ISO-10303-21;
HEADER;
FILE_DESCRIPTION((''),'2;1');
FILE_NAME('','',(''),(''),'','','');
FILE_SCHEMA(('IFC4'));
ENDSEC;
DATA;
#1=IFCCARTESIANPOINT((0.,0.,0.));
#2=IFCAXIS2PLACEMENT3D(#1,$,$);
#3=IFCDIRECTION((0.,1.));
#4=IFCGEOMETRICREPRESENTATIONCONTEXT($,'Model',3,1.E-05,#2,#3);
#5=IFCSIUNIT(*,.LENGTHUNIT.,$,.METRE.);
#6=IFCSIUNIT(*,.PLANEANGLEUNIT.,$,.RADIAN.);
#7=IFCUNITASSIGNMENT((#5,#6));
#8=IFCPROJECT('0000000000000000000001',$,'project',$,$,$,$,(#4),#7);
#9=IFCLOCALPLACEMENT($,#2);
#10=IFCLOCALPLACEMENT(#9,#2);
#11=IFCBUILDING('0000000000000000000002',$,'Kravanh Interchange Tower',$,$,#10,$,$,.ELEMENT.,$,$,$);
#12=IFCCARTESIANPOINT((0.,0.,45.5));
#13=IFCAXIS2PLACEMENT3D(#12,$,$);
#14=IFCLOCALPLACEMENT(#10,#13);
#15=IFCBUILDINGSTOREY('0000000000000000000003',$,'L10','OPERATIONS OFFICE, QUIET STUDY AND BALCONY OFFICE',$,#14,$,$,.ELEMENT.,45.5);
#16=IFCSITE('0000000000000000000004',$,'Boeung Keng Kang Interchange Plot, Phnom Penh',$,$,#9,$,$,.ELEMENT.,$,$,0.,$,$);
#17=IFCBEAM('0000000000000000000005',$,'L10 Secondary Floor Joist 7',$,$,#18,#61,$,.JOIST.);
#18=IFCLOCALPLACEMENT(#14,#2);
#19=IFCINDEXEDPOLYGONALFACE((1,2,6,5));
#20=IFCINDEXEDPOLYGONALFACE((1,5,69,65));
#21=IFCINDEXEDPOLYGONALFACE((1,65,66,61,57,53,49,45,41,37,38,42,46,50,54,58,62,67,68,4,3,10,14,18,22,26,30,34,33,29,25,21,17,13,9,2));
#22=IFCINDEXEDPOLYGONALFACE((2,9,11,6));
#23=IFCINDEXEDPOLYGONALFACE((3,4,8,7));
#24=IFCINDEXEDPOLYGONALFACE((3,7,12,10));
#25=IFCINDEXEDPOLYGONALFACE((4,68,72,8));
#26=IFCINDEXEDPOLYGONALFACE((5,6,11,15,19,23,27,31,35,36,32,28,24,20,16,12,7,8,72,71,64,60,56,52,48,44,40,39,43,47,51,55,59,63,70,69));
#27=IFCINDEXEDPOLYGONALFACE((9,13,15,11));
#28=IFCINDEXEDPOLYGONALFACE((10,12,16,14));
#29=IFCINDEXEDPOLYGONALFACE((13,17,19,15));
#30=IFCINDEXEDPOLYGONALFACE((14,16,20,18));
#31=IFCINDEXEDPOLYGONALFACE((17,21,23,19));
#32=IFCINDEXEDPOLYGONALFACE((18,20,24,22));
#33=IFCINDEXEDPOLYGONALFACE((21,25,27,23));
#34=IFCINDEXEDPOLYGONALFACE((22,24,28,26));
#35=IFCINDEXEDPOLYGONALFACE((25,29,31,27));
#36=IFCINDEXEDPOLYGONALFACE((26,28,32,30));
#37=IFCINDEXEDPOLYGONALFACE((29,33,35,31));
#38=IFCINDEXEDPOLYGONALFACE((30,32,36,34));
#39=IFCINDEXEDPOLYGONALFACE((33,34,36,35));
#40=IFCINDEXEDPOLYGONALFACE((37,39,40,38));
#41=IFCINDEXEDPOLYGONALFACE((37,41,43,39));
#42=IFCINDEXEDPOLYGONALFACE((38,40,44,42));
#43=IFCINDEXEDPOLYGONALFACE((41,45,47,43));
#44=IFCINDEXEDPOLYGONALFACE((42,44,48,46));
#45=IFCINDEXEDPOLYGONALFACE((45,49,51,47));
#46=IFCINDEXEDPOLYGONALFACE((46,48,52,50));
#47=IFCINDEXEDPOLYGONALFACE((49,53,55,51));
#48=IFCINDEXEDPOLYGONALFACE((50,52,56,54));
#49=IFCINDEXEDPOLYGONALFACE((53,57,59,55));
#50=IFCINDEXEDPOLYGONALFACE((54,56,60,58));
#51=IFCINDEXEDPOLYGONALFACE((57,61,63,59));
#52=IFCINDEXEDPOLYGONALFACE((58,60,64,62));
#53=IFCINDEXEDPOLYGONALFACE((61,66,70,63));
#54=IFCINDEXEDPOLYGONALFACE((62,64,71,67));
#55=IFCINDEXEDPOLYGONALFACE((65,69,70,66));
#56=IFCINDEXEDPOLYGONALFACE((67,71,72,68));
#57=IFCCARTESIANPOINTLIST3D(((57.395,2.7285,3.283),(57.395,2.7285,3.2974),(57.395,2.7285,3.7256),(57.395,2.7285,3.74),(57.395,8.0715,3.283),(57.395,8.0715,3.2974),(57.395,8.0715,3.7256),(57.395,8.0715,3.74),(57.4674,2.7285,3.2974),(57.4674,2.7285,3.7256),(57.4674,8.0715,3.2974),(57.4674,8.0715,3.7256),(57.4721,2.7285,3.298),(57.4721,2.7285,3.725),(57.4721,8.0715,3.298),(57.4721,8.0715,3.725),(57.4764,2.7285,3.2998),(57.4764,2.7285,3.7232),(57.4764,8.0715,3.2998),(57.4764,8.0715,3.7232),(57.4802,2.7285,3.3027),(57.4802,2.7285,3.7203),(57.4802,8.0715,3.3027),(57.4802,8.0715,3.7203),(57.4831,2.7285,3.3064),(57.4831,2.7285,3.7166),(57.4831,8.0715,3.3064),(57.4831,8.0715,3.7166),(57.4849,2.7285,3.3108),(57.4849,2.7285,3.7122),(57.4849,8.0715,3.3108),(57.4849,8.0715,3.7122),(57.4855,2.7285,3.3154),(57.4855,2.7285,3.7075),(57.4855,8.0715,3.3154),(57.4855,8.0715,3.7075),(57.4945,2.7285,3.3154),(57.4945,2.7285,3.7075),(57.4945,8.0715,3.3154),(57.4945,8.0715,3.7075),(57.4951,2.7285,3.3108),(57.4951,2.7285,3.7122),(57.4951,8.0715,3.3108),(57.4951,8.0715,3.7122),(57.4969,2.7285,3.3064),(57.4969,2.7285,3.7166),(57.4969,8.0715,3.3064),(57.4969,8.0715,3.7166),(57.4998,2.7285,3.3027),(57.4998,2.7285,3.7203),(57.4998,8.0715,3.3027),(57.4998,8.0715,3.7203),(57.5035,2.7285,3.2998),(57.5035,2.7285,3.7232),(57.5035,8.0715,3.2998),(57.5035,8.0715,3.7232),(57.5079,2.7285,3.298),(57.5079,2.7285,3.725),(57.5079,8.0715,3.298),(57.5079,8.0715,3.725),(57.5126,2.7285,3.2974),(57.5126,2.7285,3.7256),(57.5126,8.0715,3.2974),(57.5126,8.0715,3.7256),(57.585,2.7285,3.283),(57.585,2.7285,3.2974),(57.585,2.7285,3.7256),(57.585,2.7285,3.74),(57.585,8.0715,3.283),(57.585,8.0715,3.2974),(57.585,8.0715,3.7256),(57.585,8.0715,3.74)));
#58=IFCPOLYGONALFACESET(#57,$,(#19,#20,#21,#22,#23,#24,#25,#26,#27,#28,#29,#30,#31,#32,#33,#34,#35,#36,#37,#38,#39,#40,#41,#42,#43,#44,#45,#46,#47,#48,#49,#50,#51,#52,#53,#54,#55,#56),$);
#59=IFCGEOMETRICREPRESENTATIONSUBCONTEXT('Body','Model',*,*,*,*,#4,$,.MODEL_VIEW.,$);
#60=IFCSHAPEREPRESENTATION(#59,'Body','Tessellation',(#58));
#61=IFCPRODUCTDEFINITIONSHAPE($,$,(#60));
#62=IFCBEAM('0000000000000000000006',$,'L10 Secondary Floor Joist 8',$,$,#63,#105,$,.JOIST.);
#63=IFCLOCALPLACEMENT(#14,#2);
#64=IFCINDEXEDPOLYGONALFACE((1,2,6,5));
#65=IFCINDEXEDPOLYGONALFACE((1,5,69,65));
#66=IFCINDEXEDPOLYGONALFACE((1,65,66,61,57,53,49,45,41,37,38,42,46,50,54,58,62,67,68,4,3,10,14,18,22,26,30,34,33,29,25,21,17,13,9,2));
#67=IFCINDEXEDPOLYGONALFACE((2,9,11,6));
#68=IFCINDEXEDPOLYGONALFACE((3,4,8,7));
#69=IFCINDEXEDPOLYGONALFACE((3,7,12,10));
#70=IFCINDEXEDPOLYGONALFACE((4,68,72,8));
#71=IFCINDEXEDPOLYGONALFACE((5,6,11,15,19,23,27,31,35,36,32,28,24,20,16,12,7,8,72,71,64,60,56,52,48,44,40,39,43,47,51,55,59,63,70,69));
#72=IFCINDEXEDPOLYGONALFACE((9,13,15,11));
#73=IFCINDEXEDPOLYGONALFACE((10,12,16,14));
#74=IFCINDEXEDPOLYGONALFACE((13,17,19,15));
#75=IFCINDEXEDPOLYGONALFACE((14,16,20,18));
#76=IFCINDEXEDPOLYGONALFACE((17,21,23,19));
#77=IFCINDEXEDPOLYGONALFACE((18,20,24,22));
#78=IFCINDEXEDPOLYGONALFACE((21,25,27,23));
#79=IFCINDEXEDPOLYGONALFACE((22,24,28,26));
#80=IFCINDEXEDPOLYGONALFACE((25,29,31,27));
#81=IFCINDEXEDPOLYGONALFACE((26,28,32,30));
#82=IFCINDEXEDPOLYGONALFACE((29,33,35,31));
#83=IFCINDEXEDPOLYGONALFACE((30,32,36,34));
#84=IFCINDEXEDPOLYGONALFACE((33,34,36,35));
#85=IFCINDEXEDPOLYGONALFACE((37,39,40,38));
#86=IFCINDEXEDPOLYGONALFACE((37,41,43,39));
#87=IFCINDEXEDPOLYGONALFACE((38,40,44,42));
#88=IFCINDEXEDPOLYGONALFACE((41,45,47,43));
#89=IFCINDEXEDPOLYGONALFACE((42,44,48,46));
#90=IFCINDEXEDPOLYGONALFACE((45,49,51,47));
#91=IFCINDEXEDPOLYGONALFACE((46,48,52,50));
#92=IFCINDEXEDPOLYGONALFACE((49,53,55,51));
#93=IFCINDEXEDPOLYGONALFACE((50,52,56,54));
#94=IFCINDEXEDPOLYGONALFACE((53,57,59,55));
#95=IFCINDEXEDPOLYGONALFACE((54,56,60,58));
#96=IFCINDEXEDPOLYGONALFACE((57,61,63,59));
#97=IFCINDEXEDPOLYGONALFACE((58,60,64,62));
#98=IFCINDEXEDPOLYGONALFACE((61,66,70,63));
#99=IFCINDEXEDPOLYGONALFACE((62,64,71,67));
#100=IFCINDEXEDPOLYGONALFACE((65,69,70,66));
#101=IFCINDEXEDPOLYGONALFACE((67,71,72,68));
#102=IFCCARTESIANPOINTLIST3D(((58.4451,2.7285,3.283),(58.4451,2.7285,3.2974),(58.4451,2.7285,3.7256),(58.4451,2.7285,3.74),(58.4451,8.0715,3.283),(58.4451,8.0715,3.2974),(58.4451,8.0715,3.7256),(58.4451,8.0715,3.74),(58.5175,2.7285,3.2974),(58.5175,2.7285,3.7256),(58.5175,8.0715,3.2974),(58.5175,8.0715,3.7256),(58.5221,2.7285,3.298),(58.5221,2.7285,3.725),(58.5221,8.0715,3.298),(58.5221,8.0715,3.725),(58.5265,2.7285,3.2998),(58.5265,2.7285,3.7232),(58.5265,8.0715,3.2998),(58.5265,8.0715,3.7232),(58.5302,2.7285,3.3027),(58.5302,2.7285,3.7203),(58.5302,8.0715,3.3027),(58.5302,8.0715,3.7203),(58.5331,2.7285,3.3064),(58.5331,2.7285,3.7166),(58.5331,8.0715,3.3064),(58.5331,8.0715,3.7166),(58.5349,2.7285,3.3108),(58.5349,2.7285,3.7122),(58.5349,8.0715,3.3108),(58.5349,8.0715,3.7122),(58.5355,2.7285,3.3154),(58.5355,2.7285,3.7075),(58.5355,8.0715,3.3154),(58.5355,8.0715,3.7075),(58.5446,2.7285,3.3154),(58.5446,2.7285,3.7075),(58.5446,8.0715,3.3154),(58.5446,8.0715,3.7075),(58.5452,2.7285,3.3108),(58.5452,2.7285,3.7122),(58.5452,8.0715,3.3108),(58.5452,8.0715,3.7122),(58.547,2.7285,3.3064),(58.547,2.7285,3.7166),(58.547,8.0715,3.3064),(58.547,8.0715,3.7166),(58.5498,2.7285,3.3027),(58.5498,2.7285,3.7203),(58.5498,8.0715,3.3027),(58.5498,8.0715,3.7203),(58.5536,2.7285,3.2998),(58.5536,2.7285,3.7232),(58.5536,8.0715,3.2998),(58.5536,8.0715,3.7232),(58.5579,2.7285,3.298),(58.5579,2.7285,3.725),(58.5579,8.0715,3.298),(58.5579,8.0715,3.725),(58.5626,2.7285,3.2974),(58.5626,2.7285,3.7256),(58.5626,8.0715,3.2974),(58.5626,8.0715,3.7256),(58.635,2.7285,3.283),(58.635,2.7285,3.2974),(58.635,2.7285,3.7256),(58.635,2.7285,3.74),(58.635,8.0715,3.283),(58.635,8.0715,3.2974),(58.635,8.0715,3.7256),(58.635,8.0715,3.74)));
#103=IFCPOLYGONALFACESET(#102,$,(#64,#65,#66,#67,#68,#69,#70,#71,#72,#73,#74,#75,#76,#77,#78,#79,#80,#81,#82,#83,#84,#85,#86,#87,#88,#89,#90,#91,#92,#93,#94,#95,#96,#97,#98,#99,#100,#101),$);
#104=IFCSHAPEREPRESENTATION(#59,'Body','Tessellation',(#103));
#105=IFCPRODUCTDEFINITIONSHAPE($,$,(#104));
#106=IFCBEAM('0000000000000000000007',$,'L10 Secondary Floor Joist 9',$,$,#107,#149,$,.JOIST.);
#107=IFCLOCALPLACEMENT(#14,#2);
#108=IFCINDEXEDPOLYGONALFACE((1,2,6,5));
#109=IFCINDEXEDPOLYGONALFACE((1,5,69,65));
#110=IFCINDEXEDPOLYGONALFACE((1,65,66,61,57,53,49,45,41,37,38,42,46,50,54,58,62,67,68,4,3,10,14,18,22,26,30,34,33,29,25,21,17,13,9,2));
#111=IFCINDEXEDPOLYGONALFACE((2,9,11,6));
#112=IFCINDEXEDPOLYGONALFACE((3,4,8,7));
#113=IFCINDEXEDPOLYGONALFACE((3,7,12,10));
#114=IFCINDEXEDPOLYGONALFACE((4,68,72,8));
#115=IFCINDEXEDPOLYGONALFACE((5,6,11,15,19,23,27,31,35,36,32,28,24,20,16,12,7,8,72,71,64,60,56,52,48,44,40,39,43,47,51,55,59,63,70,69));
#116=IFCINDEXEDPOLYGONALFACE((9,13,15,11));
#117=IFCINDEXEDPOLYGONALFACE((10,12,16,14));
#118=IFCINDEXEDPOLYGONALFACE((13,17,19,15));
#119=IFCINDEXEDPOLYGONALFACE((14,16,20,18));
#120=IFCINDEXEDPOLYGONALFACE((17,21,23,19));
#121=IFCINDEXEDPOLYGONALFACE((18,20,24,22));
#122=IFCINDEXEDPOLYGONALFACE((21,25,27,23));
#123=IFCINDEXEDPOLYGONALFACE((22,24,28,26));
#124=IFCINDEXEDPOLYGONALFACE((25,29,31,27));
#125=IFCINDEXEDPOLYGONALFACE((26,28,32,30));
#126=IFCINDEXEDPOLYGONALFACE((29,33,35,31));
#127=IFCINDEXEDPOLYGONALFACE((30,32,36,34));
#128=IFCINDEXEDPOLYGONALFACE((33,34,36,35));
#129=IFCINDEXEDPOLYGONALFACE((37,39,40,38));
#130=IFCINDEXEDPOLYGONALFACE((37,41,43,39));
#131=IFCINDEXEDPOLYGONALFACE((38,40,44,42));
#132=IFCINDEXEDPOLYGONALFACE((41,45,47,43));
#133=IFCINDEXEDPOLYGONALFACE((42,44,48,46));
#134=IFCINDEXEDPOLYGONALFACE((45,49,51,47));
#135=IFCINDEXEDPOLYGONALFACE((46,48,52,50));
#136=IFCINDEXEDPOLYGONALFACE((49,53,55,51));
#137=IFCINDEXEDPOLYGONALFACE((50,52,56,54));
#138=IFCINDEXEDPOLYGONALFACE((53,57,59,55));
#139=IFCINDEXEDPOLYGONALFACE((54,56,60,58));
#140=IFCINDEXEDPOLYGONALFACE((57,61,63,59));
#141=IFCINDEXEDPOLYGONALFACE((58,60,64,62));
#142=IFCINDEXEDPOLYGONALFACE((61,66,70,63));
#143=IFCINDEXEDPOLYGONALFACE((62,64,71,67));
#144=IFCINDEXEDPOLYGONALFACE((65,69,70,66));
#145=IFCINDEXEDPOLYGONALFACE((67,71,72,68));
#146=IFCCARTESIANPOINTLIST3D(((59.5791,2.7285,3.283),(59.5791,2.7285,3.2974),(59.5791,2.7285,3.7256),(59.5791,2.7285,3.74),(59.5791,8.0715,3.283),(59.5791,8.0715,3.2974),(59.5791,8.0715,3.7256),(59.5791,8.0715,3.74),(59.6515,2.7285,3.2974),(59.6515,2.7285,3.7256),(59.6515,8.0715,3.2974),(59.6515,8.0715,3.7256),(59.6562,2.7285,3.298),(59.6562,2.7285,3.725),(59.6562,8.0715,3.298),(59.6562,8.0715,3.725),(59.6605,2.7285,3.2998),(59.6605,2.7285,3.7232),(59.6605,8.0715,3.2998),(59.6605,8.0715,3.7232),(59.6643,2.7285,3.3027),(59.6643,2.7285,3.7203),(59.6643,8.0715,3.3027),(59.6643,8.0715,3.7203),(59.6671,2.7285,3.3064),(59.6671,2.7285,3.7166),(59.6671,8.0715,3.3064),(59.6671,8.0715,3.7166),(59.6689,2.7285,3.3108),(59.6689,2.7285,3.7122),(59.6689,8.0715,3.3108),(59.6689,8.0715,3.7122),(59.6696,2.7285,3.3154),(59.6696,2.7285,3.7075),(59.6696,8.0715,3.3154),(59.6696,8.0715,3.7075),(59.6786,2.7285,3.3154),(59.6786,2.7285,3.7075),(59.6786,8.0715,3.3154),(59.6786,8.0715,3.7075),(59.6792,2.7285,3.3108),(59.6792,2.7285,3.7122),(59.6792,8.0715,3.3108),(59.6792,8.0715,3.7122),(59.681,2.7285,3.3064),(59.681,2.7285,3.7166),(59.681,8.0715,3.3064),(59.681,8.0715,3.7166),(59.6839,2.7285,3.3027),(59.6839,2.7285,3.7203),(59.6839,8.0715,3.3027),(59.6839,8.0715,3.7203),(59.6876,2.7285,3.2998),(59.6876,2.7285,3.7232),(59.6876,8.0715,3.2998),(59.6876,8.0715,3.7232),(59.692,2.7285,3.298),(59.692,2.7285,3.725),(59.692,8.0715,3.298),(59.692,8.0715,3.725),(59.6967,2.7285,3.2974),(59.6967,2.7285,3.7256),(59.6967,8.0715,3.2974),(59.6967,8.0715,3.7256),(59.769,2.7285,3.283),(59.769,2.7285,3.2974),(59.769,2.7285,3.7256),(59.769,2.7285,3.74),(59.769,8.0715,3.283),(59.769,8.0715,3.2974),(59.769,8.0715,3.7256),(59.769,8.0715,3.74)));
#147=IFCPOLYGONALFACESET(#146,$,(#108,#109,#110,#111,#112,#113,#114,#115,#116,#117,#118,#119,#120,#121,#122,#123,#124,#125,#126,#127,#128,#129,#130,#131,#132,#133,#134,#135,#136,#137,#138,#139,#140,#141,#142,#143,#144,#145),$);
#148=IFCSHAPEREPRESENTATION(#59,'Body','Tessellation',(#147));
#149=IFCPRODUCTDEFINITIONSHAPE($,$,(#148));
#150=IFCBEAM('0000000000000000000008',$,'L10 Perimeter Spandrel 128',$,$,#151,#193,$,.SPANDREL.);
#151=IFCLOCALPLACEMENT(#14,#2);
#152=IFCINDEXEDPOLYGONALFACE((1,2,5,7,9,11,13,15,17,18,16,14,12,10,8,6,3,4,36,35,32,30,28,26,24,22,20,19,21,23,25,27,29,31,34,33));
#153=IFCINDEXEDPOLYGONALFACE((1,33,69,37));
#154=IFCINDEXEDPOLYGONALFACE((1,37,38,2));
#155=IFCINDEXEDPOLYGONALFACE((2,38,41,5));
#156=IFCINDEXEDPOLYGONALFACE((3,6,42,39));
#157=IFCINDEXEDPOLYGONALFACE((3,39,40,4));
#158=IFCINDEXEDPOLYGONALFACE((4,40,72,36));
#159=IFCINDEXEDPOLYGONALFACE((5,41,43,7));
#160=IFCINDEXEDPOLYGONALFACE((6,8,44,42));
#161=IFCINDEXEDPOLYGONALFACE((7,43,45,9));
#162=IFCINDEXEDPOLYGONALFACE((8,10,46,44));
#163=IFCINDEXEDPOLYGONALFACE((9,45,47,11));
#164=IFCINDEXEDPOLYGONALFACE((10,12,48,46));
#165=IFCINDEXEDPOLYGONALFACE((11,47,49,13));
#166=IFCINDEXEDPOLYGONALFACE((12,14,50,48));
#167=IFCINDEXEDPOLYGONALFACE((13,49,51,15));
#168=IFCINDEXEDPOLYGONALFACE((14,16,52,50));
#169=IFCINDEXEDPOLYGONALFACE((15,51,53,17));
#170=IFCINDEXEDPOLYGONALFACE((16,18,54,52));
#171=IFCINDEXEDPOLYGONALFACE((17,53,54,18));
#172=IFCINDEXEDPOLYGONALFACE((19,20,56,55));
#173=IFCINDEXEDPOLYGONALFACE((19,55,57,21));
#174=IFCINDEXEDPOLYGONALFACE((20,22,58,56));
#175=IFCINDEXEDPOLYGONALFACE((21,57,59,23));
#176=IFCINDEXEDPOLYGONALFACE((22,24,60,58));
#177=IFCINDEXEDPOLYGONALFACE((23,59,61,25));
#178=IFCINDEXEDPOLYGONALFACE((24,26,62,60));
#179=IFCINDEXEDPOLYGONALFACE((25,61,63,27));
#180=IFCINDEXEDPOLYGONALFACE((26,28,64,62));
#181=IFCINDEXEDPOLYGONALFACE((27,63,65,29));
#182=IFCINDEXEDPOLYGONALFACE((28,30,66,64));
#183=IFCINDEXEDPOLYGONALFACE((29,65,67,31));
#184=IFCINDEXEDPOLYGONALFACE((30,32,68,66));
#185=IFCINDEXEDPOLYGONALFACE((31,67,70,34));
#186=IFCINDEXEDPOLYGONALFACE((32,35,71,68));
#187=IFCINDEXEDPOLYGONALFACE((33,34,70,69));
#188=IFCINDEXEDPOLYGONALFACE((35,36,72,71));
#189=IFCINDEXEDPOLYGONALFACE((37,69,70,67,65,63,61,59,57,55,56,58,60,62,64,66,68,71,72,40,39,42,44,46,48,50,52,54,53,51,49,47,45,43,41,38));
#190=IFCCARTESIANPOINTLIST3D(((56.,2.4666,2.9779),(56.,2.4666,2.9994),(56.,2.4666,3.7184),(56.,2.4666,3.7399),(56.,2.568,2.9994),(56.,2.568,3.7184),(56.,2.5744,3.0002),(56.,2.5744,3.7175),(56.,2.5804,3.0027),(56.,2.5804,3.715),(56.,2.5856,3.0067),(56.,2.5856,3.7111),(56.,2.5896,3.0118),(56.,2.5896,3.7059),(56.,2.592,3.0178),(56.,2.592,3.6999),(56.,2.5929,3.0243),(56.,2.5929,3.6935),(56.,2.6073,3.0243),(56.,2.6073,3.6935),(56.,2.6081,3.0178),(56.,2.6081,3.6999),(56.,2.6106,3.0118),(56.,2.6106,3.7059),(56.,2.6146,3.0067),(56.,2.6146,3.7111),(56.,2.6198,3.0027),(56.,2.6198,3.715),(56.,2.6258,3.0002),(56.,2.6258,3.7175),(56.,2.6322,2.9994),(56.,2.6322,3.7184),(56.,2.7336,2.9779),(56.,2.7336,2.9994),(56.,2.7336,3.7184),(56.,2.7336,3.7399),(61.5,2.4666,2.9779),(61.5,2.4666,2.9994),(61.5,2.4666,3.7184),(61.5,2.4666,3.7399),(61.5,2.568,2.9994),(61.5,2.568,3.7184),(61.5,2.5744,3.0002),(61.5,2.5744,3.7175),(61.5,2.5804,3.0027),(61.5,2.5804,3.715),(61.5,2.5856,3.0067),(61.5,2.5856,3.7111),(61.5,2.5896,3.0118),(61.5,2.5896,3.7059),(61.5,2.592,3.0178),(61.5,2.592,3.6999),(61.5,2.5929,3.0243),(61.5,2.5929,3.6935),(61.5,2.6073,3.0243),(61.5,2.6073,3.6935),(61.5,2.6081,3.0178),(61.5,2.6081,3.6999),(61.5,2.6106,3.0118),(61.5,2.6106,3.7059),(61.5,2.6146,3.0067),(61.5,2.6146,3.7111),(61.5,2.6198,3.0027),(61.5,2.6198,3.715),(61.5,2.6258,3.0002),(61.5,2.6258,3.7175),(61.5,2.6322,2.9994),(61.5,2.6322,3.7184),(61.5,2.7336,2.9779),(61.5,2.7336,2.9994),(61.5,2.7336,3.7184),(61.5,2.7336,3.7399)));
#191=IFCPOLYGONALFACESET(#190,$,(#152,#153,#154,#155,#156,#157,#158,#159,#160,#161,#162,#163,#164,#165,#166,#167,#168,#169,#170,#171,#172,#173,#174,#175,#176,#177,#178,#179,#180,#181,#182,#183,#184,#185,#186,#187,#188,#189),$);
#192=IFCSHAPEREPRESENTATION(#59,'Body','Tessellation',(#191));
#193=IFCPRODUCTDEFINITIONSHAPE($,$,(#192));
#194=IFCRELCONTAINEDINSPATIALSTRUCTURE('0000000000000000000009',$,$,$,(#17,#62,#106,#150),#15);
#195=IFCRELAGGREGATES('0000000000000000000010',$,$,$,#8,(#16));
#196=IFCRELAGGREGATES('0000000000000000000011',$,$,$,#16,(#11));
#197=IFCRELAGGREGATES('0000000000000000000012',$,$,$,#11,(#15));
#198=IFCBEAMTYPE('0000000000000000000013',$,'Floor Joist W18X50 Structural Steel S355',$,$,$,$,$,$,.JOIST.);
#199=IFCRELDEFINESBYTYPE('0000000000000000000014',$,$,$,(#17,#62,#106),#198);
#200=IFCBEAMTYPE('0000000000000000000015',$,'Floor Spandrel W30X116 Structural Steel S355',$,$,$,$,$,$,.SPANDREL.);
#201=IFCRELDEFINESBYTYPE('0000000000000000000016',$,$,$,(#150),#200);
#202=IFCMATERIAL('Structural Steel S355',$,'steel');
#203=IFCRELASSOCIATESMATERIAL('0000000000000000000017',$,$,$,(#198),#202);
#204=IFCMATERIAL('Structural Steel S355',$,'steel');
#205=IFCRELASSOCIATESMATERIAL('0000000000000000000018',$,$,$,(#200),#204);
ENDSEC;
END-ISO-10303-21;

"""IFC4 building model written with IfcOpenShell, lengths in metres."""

from ifc_helpers import new_model, si_unit, direction, frame, origin, origin_2d, place, context, subcontext, project, spatial, i_section, extrude, material, material_profile, profile_set, type_object, element, save


model = new_model("IFC4")

# Units and contexts
model_context = context("Model", 3, precision=1e-05, world=origin(), true_north=direction((0.0, 1.0)))
body_context = subcontext(model_context, "Body", "Model", "MODEL_VIEW")
ifc_project = project(units=[si_unit("LENGTHUNIT", "METRE"), si_unit("PLANEANGLEUNIT", "RADIAN")], contexts=[model_context])

# Site, building, storey
site_placement = place(None, origin())
site = spatial("IfcSite", under=ifc_project, at=site_placement, Name="Boeung Keng Kang Interchange Plot, Phnom Penh", CompositionType="ELEMENT", RefElevation=0.0)
building_placement = place(site_placement, origin())
building = spatial("IfcBuilding", under=site, at=building_placement, Name="Kravanh Interchange Tower", CompositionType="ELEMENT")
storey_placement = place(building_placement, frame((0.0, 0.0, 45.5)))
storey = spatial("IfcBuildingStorey", under=building, at=storey_placement, Name="L10", Description="OPERATIONS OFFICE, QUIET STUDY AND BALCONY OFFICE", CompositionType="ELEMENT", Elevation=45.5)

# Beams
ifc_material_1 = material(Name="Structural Steel S355", Category="steel")
ifc_material_profile_1 = material_profile(ifc_material_1, i_section(OverallWidth=0.1899, OverallDepth=0.457, WebThickness=0.009, FlangeThickness=0.0144, FilletRadius=0.0181, at=origin_2d()), Name="W18X50")
ifc_profile_set_1 = profile_set([ifc_material_profile_1], Name="Structural Steel S355")
beam_type_1 = type_object("IfcBeamType", Name="Floor Joist W18X50 Structural Steel S355", PredefinedType="JOIST", material=ifc_profile_set_1)
for number, where, z_axis, x_axis, name in (
    (1, (57.49, 2.7285, 3.5115), (0.0, 1.0, 0.0), (-1.0, 0.0, 0.0), "L10 Secondary Floor Joist 7"),
    (2, (58.54, 2.7285, 3.5115), (0.0, 1.0, 0.0), (-1.0, 0.0, 0.0), "L10 Secondary Floor Joist 8"),
    (3, (59.6741, 2.7285, 3.5115), (0.0, 1.0, 0.0), (-1.0, 0.0, 0.0), "L10 Secondary Floor Joist 9"),
):
    element("IfcBeam", number, at=place(storey_placement, frame(where, z_axis=z_axis, x_axis=x_axis)), inside=storey, type_object=beam_type_1, Name=name, PredefinedType="JOIST", context=body_context, shape_type="SweptSolid", body=[
        extrude(i_section(OverallWidth=0.1899, OverallDepth=0.457, WebThickness=0.009, FlangeThickness=0.0144, FilletRadius=0.0181, at=origin_2d()), origin(), (0.0, 0.0, 1.0), 5.343),
    ])
ifc_material_2 = material(Name="Structural Steel S355", Category="steel")
ifc_material_profile_2 = material_profile(ifc_material_2, i_section(OverallWidth=0.2671, OverallDepth=0.762, WebThickness=0.0144, FlangeThickness=0.0215, FilletRadius=0.0249, at=origin_2d()), Name="W30X116")
ifc_profile_set_2 = profile_set([ifc_material_profile_2], Name="Structural Steel S355")
beam_type_2 = type_object("IfcBeamType", Name="Floor Spandrel W30X116 Structural Steel S355", PredefinedType="SPANDREL", material=ifc_profile_set_2)
beam_1_placement = place(storey_placement, frame((56.0, 2.6001, 3.3589), z_axis=(1.0, 0.0, 0.0), x_axis=(0.0, 1.0, 0.0)))
element("IfcBeam", 4, at=beam_1_placement, inside=storey, type_object=beam_type_2, Name="L10 Perimeter Spandrel 128", PredefinedType="SPANDREL", context=body_context, shape_type="SweptSolid", body=[
    extrude(i_section(OverallWidth=0.2671, OverallDepth=0.762, WebThickness=0.0144, FlangeThickness=0.0215, FilletRadius=0.0249, at=origin_2d()), origin(), (0.0, 0.0, 1.0), 5.5),
])

save(model, "model.ifc")
